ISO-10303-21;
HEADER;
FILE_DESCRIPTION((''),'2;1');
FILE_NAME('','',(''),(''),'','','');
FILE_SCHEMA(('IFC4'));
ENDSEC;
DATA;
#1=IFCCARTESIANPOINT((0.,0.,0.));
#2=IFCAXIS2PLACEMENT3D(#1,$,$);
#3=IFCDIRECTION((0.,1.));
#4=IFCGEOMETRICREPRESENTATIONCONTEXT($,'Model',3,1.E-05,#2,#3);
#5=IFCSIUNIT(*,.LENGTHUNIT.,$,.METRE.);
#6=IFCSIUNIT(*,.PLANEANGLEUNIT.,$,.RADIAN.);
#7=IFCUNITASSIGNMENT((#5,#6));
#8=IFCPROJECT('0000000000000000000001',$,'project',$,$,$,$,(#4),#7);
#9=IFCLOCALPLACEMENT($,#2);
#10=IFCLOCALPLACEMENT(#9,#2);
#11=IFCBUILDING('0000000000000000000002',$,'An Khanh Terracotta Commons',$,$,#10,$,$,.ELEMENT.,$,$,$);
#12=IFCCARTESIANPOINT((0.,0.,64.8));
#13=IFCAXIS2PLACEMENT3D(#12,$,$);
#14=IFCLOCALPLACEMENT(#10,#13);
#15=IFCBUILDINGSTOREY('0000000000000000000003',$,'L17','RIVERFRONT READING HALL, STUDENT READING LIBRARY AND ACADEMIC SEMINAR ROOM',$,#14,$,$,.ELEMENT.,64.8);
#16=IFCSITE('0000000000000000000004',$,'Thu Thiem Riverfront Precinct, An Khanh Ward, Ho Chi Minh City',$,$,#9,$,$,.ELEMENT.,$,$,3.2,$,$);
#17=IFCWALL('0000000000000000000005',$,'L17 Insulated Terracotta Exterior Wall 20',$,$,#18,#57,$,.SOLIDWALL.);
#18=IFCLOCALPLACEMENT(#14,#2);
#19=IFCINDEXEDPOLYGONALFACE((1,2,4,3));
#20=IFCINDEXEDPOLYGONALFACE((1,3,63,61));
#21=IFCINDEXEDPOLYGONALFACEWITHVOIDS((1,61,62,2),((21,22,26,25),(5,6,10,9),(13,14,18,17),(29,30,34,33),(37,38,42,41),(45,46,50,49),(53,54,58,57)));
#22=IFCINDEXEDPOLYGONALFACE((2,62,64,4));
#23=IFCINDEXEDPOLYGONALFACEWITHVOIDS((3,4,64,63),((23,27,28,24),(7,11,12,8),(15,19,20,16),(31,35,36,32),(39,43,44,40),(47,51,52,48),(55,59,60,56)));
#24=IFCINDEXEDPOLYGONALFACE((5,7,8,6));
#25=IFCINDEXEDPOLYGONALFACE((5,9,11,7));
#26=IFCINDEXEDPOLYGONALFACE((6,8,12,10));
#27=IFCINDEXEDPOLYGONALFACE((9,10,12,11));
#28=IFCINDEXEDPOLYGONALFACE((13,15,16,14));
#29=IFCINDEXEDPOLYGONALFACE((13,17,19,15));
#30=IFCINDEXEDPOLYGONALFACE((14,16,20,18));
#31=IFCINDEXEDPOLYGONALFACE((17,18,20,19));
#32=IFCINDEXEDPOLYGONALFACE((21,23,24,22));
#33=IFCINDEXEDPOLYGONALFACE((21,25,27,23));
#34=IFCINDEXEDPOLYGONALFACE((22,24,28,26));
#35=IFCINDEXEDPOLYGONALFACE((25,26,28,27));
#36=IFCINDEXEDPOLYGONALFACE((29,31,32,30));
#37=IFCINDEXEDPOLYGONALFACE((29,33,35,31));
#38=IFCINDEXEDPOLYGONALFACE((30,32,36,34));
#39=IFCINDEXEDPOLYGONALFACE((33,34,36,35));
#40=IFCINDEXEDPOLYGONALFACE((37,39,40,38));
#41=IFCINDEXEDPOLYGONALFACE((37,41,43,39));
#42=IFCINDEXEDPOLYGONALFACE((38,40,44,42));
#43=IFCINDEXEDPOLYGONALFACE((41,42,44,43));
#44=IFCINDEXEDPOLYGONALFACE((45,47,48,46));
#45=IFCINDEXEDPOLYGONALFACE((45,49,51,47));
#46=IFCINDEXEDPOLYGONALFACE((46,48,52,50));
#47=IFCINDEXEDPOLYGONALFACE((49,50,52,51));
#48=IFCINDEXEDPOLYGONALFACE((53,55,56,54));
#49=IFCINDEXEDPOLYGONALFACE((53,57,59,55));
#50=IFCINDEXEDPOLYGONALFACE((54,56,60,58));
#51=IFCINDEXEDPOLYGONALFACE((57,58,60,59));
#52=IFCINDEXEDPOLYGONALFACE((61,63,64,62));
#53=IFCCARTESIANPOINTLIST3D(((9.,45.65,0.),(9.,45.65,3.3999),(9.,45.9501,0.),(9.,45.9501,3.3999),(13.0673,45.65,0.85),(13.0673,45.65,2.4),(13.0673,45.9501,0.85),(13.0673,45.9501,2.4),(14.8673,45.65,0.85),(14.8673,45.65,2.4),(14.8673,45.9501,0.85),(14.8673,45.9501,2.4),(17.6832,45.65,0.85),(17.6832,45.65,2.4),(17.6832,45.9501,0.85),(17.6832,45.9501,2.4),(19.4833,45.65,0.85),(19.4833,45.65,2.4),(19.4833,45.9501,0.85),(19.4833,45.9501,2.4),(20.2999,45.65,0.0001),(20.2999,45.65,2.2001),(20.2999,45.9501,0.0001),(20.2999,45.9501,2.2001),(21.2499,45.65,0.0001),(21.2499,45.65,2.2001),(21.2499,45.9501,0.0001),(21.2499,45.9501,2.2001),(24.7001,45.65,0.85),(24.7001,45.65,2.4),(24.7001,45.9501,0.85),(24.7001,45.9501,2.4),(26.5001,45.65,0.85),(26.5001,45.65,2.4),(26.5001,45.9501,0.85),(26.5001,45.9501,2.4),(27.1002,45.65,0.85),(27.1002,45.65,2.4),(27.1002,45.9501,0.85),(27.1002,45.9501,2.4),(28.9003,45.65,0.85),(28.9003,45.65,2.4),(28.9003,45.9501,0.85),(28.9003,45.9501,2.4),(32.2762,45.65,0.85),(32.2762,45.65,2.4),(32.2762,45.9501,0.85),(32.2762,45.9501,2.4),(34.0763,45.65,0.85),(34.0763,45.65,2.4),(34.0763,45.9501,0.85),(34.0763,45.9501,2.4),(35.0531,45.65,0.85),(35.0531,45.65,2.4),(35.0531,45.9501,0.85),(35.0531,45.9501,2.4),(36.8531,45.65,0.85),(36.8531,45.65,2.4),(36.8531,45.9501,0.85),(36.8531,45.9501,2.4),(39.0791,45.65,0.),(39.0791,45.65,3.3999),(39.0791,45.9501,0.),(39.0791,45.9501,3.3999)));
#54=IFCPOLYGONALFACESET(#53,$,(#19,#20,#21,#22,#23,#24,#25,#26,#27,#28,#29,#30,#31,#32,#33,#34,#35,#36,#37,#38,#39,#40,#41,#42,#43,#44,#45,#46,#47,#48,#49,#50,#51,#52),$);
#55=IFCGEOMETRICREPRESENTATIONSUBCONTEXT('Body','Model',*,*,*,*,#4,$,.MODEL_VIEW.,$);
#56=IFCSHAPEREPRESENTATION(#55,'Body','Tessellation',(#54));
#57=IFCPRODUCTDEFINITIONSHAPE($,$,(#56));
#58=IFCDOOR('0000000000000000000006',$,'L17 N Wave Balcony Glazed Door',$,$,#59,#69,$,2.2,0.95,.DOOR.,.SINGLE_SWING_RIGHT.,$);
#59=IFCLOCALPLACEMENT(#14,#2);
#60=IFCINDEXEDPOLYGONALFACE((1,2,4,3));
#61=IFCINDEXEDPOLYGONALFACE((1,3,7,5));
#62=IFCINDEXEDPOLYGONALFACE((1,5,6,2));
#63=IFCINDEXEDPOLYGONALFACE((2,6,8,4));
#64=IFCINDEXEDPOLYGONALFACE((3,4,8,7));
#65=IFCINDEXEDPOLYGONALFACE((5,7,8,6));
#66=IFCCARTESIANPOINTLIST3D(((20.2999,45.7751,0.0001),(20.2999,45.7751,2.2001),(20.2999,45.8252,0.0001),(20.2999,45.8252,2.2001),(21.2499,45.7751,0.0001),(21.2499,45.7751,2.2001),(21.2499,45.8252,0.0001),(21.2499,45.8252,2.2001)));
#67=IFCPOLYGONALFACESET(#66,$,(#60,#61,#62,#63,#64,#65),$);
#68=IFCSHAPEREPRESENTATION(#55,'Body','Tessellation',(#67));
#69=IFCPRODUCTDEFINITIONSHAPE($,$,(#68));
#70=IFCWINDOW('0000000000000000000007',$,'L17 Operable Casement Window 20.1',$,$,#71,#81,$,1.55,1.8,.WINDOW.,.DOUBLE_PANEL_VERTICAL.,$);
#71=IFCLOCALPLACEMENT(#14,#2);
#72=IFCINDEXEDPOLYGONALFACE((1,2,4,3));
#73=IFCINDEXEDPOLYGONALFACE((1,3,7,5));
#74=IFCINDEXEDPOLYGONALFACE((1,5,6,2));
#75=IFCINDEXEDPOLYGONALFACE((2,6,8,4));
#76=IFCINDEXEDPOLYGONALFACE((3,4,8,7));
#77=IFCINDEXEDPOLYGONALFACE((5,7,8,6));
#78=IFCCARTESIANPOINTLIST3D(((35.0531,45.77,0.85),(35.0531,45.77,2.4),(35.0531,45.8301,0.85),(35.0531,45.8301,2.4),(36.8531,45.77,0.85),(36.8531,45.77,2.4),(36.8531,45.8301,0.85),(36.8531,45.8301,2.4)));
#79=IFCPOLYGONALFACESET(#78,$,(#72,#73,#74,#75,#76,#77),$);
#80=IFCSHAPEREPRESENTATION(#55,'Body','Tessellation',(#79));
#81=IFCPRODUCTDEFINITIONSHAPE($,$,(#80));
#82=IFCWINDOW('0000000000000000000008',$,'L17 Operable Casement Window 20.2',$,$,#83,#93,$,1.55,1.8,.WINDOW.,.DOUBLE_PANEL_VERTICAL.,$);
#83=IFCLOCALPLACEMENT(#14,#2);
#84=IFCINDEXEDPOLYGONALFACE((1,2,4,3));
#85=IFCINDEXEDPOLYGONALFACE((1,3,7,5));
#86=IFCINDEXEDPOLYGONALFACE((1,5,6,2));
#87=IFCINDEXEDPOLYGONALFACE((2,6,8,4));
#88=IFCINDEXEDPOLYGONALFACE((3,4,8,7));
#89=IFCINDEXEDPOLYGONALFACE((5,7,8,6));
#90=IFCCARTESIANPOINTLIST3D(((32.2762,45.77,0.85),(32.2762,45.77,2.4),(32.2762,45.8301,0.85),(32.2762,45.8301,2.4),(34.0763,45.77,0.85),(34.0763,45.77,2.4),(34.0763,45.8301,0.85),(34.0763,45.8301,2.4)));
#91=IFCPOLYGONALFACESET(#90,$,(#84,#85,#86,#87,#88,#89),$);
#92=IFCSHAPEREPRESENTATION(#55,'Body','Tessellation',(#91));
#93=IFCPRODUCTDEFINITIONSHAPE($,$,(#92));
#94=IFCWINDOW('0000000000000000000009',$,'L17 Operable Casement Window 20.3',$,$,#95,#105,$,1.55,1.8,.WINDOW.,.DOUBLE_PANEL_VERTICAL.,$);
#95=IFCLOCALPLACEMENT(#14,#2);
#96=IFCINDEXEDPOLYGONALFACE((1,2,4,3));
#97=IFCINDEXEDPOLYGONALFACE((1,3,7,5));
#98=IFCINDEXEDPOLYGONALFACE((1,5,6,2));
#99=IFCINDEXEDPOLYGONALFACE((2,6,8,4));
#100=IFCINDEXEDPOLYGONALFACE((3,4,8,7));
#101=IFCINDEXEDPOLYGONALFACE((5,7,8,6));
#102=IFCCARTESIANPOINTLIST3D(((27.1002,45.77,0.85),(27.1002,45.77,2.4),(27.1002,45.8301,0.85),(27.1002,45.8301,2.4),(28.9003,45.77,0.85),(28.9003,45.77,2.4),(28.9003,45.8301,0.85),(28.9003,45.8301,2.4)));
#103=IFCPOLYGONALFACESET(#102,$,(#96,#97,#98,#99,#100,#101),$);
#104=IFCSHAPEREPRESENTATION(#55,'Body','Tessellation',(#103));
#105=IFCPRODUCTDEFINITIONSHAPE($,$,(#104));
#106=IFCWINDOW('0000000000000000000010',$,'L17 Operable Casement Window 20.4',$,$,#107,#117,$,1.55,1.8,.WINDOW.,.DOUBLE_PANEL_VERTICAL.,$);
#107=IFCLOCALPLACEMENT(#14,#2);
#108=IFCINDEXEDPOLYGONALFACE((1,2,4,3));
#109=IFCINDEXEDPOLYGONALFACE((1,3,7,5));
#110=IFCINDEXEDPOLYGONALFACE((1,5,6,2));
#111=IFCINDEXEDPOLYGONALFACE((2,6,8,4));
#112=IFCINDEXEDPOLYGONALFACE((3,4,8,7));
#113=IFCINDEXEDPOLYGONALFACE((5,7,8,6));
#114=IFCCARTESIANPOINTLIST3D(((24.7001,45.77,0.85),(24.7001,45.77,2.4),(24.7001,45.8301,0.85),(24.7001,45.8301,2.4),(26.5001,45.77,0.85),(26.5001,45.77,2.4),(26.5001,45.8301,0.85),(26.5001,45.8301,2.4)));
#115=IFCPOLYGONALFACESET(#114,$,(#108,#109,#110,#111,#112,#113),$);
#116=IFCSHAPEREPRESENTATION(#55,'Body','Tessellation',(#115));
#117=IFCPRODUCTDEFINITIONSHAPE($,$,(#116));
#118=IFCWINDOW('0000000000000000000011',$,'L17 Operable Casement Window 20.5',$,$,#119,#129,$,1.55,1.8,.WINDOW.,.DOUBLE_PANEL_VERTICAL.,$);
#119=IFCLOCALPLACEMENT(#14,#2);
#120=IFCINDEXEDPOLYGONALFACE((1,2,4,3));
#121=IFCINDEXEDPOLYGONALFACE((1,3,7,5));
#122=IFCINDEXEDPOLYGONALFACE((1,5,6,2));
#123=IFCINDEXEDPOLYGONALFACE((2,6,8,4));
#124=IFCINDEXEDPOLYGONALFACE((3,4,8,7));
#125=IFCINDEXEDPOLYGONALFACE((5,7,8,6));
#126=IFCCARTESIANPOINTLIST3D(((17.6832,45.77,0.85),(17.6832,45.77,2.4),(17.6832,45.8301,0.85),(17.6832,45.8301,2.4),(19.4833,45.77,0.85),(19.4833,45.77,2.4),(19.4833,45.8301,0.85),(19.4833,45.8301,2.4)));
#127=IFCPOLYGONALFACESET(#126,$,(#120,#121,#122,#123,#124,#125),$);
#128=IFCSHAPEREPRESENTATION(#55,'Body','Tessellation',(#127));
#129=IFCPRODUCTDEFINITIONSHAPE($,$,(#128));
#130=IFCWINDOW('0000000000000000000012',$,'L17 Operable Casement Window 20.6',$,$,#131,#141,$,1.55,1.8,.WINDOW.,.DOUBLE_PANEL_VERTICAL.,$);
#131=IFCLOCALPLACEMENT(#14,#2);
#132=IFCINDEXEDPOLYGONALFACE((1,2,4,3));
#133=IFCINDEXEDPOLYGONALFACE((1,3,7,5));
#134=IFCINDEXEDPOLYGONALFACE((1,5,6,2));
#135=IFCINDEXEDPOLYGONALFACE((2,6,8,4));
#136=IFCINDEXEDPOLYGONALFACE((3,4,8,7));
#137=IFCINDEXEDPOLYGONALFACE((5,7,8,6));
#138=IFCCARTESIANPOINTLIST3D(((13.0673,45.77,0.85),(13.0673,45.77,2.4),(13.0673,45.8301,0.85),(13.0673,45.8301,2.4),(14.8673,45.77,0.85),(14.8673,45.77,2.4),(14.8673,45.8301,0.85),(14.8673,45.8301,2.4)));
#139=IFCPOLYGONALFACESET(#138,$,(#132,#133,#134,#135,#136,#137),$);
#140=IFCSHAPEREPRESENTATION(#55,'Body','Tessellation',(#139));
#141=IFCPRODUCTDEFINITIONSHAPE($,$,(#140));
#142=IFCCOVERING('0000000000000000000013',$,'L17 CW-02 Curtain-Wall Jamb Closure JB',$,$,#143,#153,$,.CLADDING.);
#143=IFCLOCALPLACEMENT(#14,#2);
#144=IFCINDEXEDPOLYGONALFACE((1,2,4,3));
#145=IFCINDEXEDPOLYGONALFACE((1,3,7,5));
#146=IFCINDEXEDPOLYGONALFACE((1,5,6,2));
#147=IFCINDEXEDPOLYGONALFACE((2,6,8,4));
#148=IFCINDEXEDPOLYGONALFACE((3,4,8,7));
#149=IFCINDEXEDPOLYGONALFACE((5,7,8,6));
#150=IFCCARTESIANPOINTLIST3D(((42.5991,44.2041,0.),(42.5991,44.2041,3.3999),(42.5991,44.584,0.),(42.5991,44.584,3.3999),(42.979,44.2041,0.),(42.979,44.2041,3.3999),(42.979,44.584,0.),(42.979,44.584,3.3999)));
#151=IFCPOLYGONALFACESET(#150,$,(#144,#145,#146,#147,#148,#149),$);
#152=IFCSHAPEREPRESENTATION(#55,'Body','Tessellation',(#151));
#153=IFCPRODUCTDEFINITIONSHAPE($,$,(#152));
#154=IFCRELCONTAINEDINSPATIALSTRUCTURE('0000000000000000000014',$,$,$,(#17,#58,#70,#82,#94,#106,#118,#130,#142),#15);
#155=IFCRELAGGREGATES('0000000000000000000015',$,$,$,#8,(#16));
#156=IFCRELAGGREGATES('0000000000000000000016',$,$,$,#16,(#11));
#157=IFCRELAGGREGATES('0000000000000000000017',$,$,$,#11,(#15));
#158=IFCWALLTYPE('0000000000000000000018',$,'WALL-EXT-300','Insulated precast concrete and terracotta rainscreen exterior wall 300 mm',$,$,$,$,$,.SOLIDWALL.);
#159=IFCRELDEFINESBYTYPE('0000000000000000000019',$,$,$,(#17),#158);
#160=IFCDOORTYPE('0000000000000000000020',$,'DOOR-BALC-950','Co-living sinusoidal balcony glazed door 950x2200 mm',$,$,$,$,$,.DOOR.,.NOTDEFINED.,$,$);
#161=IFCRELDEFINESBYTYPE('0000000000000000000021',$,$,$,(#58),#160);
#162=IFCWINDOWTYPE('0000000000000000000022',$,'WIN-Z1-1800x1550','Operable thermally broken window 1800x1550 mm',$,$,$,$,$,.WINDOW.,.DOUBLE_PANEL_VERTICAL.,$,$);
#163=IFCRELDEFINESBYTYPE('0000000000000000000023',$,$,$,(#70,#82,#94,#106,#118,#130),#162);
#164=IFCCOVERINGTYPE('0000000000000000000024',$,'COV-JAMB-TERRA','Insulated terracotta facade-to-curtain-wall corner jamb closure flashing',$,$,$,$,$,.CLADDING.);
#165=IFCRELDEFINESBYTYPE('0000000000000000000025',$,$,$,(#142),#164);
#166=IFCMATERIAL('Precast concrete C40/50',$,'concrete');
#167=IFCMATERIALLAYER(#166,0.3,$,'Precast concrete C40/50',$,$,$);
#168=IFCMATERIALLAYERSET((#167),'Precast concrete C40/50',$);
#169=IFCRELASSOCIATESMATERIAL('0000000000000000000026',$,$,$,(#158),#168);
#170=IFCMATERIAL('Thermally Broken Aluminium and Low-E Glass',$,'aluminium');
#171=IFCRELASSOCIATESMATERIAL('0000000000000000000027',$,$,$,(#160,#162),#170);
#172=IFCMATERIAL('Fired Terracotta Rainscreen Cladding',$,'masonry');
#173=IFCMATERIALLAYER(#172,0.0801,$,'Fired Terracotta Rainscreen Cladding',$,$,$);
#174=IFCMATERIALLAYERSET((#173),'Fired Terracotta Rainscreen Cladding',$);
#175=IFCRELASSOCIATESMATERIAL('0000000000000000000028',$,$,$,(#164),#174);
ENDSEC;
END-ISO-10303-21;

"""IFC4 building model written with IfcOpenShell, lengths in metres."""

from ifc_helpers import new_model, si_unit, direction, frame, frame_2d, origin, origin_2d, place, context, subcontext, project, spatial, rectangle, extrude, material, layer, layer_set, type_object, element, fill, save


model = new_model("IFC4")

# Units and contexts
model_context = context("Model", 3, precision=1e-05, world=origin(), true_north=direction((0.0, 1.0)))
body_context = subcontext(model_context, "Body", "Model", "MODEL_VIEW")
ifc_project = project(units=[si_unit("LENGTHUNIT", "METRE"), si_unit("PLANEANGLEUNIT", "RADIAN")], contexts=[model_context])

# Site, building, storey
site_placement = place(None, origin())
site = spatial("IfcSite", under=ifc_project, at=site_placement, Name="Thu Thiem Riverfront Precinct, An Khanh Ward, Ho Chi Minh City", CompositionType="ELEMENT", RefElevation=3.2)
building_placement = place(site_placement, origin())
building = spatial("IfcBuilding", under=site, at=building_placement, Name="An Khanh Terracotta Commons", CompositionType="ELEMENT")
storey_placement = place(building_placement, frame((0.0, 0.0, 64.8)))
storey = spatial("IfcBuildingStorey", under=building, at=storey_placement, Name="L17", Description="RIVERFRONT READING HALL, STUDENT READING LIBRARY AND ACADEMIC SEMINAR ROOM", CompositionType="ELEMENT", Elevation=64.8)

# Shared definitions
ifc_material_1 = material(Name="Precast concrete C40/50", Category="concrete")
ifc_layer_1 = layer(ifc_material_1, 0.3, Name="Precast concrete C40/50")
ifc_layer_set_1 = layer_set([ifc_layer_1], Name="Precast concrete C40/50")
wall_type = type_object("IfcWallType", Name="WALL-EXT-300", Description="Insulated precast concrete and terracotta rainscreen exterior wall 300 mm", PredefinedType="SOLIDWALL", material=ifc_layer_set_1)

# Wall, openings, door, windows
wall_1_placement = place(storey_placement, frame((39.0791, 45.8, 0.0), z_axis=(0.0, 0.0, 1.0), x_axis=(-1.0, 0.0, 0.0)))
wall_1 = element("IfcWall", 1, at=wall_1_placement, inside=storey, type_object=wall_type, Name="L17 Insulated Terracotta Exterior Wall 20", PredefinedType="SOLIDWALL", context=body_context, shape_type="SweptSolid", body=[
    extrude(rectangle(XDim=30.0791, YDim=0.3, at=frame_2d((15.0396, 0.0))), origin(), (0.0, 0.0, 1.0), 3.3999),
])
opening_1_placement = place(wall_1_placement, frame((17.8291, 0.0, 0.0)))
opening_1 = element("IfcOpeningElement", 2, at=opening_1_placement, cuts=wall_1, PredefinedType="OPENING", context=body_context, shape_type="SweptSolid", body=[
    extrude(rectangle(XDim=0.95, YDim=2.2, at=frame_2d((0.4751, 1.1001))), frame((0.0, 0.1599, 0.0), z_axis=(0.0, -1.0, 0.0), x_axis=(1.0, 0.0, 0.0)), (0.0, 0.0, 1.0), 0.3201),
])
opening_2_placement = place(wall_1_placement, frame((2.2261, 0.0, 0.8501)))
opening_2 = element("IfcOpeningElement", 3, at=opening_2_placement, cuts=wall_1, PredefinedType="OPENING", context=body_context, shape_type="SweptSolid", body=[
    extrude(rectangle(XDim=1.8, YDim=1.55, at=frame_2d((0.8999, 0.7749))), frame((0.0, 0.1599, 0.0), z_axis=(0.0, -1.0, 0.0), x_axis=(1.0, 0.0, 0.0)), (0.0, 0.0, 1.0), 0.3201),
])
opening_3_placement = place(wall_1_placement, frame((5.0029, 0.0, 0.8501)))
opening_3 = element("IfcOpeningElement", 4, at=opening_3_placement, cuts=wall_1, PredefinedType="OPENING", context=body_context, shape_type="SweptSolid", body=[
    extrude(rectangle(XDim=1.8, YDim=1.55, at=frame_2d((0.8999, 0.7749))), frame((0.0, 0.1599, 0.0), z_axis=(0.0, -1.0, 0.0), x_axis=(1.0, 0.0, 0.0)), (0.0, 0.0, 1.0), 0.3201),
])
opening_4_placement = place(wall_1_placement, frame((10.179, 0.0, 0.8501)))
opening_4 = element("IfcOpeningElement", 5, at=opening_4_placement, cuts=wall_1, PredefinedType="OPENING", context=body_context, shape_type="SweptSolid", body=[
    extrude(rectangle(XDim=1.8, YDim=1.55, at=frame_2d((0.8999, 0.7749))), frame((0.0, 0.1599, 0.0), z_axis=(0.0, -1.0, 0.0), x_axis=(1.0, 0.0, 0.0)), (0.0, 0.0, 1.0), 0.3201),
])
opening_5_placement = place(wall_1_placement, frame((12.5791, 0.0, 0.8501)))
opening_5 = element("IfcOpeningElement", 6, at=opening_5_placement, cuts=wall_1, PredefinedType="OPENING", context=body_context, shape_type="SweptSolid", body=[
    extrude(rectangle(XDim=1.8, YDim=1.55, at=frame_2d((0.8999, 0.7749))), frame((0.0, 0.1599, 0.0), z_axis=(0.0, -1.0, 0.0), x_axis=(1.0, 0.0, 0.0)), (0.0, 0.0, 1.0), 0.3201),
])
opening_6_placement = place(wall_1_placement, frame((19.5959, 0.0, 0.8501)))
opening_6 = element("IfcOpeningElement", 7, at=opening_6_placement, cuts=wall_1, PredefinedType="OPENING", context=body_context, shape_type="SweptSolid", body=[
    extrude(rectangle(XDim=1.8, YDim=1.55, at=frame_2d((0.8999, 0.7749))), frame((0.0, 0.1599, 0.0), z_axis=(0.0, -1.0, 0.0), x_axis=(1.0, 0.0, 0.0)), (0.0, 0.0, 1.0), 0.3201),
])
opening_7_placement = place(wall_1_placement, frame((24.2119, 0.0, 0.8501)))
opening_7 = element("IfcOpeningElement", 8, at=opening_7_placement, cuts=wall_1, PredefinedType="OPENING", context=body_context, shape_type="SweptSolid", body=[
    extrude(rectangle(XDim=1.8, YDim=1.55, at=frame_2d((0.8999, 0.7749))), frame((0.0, 0.1599, 0.0), z_axis=(0.0, -1.0, 0.0), x_axis=(1.0, 0.0, 0.0)), (0.0, 0.0, 1.0), 0.3201),
])
ifc_material_2 = material(Name="Thermally Broken Aluminium and Low-E Glass", Category="aluminium")
door_type = type_object("IfcDoorType", Name="DOOR-BALC-950", Description="Co-living sinusoidal balcony glazed door 950x2200 mm", OperationType="NOTDEFINED", PredefinedType="DOOR", material=ifc_material_2)
door_placement = place(opening_1_placement, origin())
door = element("IfcDoor", 9, at=door_placement, inside=storey, type_object=door_type, Name="L17 N Wave Balcony Glazed Door", OperationType="SINGLE_SWING_RIGHT", OverallHeight=2.2, OverallWidth=0.95, PredefinedType="DOOR", context=body_context, shape_type="SweptSolid", body=[
    extrude(rectangle(XDim=0.95, YDim=2.2, at=frame_2d((0.4751, 1.1001))), frame((0.0, 0.0249, 0.0), z_axis=(0.0, -1.0, 0.0), x_axis=(1.0, 0.0, 0.0)), (0.0, 0.0, 1.0), 0.05),
])
fill(opening_1, door)
window_type = type_object("IfcWindowType", Name="WIN-Z1-1800x1550", Description="Operable thermally broken window 1800x1550 mm", PartitioningType="DOUBLE_PANEL_VERTICAL", PredefinedType="WINDOW", material=ifc_material_2)
window_1_placement = place(opening_2_placement, origin())
window_1 = element("IfcWindow", 10, at=window_1_placement, inside=storey, type_object=window_type, Name="L17 Operable Casement Window 20.1", OverallHeight=1.55, OverallWidth=1.8, PartitioningType="DOUBLE_PANEL_VERTICAL", PredefinedType="WINDOW", context=body_context, shape_type="SweptSolid", body=[
    extrude(rectangle(XDim=1.8, YDim=1.55, at=frame_2d((0.8999, 0.7749))), frame((0.0, 0.03, 0.0), z_axis=(0.0, -1.0, 0.0), x_axis=(1.0, 0.0, 0.0)), (0.0, 0.0, 1.0), 0.0601),
])
fill(opening_2, window_1)
window_2_placement = place(opening_3_placement, origin())
window_2 = element("IfcWindow", 11, at=window_2_placement, inside=storey, type_object=window_type, Name="L17 Operable Casement Window 20.2", OverallHeight=1.55, OverallWidth=1.8, PartitioningType="DOUBLE_PANEL_VERTICAL", PredefinedType="WINDOW", context=body_context, shape_type="SweptSolid", body=[
    extrude(rectangle(XDim=1.8, YDim=1.55, at=frame_2d((0.8999, 0.7749))), frame((0.0, 0.03, 0.0), z_axis=(0.0, -1.0, 0.0), x_axis=(1.0, 0.0, 0.0)), (0.0, 0.0, 1.0), 0.0601),
])
fill(opening_3, window_2)
window_3_placement = place(opening_4_placement, origin())
window_3 = element("IfcWindow", 12, at=window_3_placement, inside=storey, type_object=window_type, Name="L17 Operable Casement Window 20.3", OverallHeight=1.55, OverallWidth=1.8, PartitioningType="DOUBLE_PANEL_VERTICAL", PredefinedType="WINDOW", context=body_context, shape_type="SweptSolid", body=[
    extrude(rectangle(XDim=1.8, YDim=1.55, at=frame_2d((0.8999, 0.7749))), frame((0.0, 0.03, 0.0), z_axis=(0.0, -1.0, 0.0), x_axis=(1.0, 0.0, 0.0)), (0.0, 0.0, 1.0), 0.0601),
])
fill(opening_4, window_3)
window_4_placement = place(opening_5_placement, origin())
window_4 = element("IfcWindow", 13, at=window_4_placement, inside=storey, type_object=window_type, Name="L17 Operable Casement Window 20.4", OverallHeight=1.55, OverallWidth=1.8, PartitioningType="DOUBLE_PANEL_VERTICAL", PredefinedType="WINDOW", context=body_context, shape_type="SweptSolid", body=[
    extrude(rectangle(XDim=1.8, YDim=1.55, at=frame_2d((0.8999, 0.7749))), frame((0.0, 0.03, 0.0), z_axis=(0.0, -1.0, 0.0), x_axis=(1.0, 0.0, 0.0)), (0.0, 0.0, 1.0), 0.0601),
])
fill(opening_5, window_4)
window_5_placement = place(opening_6_placement, origin())
window_5 = element("IfcWindow", 14, at=window_5_placement, inside=storey, type_object=window_type, Name="L17 Operable Casement Window 20.5", OverallHeight=1.55, OverallWidth=1.8, PartitioningType="DOUBLE_PANEL_VERTICAL", PredefinedType="WINDOW", context=body_context, shape_type="SweptSolid", body=[
    extrude(rectangle(XDim=1.8, YDim=1.55, at=frame_2d((0.8999, 0.7749))), frame((0.0, 0.03, 0.0), z_axis=(0.0, -1.0, 0.0), x_axis=(1.0, 0.0, 0.0)), (0.0, 0.0, 1.0), 0.0601),
])
fill(opening_6, window_5)
window_6_placement = place(opening_7_placement, origin())
window_6 = element("IfcWindow", 15, at=window_6_placement, inside=storey, type_object=window_type, Name="L17 Operable Casement Window 20.6", OverallHeight=1.55, OverallWidth=1.8, PartitioningType="DOUBLE_PANEL_VERTICAL", PredefinedType="WINDOW", context=body_context, shape_type="SweptSolid", body=[
    extrude(rectangle(XDim=1.8, YDim=1.55, at=frame_2d((0.8999, 0.7749))), frame((0.0, 0.03, 0.0), z_axis=(0.0, -1.0, 0.0), x_axis=(1.0, 0.0, 0.0)), (0.0, 0.0, 1.0), 0.0601),
])
fill(opening_7, window_6)

# Covering
ifc_material_3 = material(Name="Fired Terracotta Rainscreen Cladding", Category="masonry")
ifc_layer_2 = layer(ifc_material_3, 0.0801, Name="Fired Terracotta Rainscreen Cladding")
ifc_layer_set_2 = layer_set([ifc_layer_2], Name="Fired Terracotta Rainscreen Cladding")
covering_type = type_object("IfcCoveringType", Name="COV-JAMB-TERRA", Description="Insulated terracotta facade-to-curtain-wall corner jamb closure flashing", PredefinedType="CLADDING", material=ifc_layer_set_2)
covering_placement = place(storey_placement, frame((42.7891, 44.394, 0.0), z_axis=(0.0, 0.0, 1.0), x_axis=(1.0, 0.0, 0.0)))
element("IfcCovering", 16, at=covering_placement, inside=storey, type_object=covering_type, Name="L17 CW-02 Curtain-Wall Jamb Closure JB", PredefinedType="CLADDING", context=body_context, shape_type="SweptSolid", body=[
    extrude(rectangle(XDim=0.3799, YDim=0.3799, at=origin_2d()), origin(), (0.0, 0.0, 1.0), 3.3999),
])

save(model, "model.ifc")
